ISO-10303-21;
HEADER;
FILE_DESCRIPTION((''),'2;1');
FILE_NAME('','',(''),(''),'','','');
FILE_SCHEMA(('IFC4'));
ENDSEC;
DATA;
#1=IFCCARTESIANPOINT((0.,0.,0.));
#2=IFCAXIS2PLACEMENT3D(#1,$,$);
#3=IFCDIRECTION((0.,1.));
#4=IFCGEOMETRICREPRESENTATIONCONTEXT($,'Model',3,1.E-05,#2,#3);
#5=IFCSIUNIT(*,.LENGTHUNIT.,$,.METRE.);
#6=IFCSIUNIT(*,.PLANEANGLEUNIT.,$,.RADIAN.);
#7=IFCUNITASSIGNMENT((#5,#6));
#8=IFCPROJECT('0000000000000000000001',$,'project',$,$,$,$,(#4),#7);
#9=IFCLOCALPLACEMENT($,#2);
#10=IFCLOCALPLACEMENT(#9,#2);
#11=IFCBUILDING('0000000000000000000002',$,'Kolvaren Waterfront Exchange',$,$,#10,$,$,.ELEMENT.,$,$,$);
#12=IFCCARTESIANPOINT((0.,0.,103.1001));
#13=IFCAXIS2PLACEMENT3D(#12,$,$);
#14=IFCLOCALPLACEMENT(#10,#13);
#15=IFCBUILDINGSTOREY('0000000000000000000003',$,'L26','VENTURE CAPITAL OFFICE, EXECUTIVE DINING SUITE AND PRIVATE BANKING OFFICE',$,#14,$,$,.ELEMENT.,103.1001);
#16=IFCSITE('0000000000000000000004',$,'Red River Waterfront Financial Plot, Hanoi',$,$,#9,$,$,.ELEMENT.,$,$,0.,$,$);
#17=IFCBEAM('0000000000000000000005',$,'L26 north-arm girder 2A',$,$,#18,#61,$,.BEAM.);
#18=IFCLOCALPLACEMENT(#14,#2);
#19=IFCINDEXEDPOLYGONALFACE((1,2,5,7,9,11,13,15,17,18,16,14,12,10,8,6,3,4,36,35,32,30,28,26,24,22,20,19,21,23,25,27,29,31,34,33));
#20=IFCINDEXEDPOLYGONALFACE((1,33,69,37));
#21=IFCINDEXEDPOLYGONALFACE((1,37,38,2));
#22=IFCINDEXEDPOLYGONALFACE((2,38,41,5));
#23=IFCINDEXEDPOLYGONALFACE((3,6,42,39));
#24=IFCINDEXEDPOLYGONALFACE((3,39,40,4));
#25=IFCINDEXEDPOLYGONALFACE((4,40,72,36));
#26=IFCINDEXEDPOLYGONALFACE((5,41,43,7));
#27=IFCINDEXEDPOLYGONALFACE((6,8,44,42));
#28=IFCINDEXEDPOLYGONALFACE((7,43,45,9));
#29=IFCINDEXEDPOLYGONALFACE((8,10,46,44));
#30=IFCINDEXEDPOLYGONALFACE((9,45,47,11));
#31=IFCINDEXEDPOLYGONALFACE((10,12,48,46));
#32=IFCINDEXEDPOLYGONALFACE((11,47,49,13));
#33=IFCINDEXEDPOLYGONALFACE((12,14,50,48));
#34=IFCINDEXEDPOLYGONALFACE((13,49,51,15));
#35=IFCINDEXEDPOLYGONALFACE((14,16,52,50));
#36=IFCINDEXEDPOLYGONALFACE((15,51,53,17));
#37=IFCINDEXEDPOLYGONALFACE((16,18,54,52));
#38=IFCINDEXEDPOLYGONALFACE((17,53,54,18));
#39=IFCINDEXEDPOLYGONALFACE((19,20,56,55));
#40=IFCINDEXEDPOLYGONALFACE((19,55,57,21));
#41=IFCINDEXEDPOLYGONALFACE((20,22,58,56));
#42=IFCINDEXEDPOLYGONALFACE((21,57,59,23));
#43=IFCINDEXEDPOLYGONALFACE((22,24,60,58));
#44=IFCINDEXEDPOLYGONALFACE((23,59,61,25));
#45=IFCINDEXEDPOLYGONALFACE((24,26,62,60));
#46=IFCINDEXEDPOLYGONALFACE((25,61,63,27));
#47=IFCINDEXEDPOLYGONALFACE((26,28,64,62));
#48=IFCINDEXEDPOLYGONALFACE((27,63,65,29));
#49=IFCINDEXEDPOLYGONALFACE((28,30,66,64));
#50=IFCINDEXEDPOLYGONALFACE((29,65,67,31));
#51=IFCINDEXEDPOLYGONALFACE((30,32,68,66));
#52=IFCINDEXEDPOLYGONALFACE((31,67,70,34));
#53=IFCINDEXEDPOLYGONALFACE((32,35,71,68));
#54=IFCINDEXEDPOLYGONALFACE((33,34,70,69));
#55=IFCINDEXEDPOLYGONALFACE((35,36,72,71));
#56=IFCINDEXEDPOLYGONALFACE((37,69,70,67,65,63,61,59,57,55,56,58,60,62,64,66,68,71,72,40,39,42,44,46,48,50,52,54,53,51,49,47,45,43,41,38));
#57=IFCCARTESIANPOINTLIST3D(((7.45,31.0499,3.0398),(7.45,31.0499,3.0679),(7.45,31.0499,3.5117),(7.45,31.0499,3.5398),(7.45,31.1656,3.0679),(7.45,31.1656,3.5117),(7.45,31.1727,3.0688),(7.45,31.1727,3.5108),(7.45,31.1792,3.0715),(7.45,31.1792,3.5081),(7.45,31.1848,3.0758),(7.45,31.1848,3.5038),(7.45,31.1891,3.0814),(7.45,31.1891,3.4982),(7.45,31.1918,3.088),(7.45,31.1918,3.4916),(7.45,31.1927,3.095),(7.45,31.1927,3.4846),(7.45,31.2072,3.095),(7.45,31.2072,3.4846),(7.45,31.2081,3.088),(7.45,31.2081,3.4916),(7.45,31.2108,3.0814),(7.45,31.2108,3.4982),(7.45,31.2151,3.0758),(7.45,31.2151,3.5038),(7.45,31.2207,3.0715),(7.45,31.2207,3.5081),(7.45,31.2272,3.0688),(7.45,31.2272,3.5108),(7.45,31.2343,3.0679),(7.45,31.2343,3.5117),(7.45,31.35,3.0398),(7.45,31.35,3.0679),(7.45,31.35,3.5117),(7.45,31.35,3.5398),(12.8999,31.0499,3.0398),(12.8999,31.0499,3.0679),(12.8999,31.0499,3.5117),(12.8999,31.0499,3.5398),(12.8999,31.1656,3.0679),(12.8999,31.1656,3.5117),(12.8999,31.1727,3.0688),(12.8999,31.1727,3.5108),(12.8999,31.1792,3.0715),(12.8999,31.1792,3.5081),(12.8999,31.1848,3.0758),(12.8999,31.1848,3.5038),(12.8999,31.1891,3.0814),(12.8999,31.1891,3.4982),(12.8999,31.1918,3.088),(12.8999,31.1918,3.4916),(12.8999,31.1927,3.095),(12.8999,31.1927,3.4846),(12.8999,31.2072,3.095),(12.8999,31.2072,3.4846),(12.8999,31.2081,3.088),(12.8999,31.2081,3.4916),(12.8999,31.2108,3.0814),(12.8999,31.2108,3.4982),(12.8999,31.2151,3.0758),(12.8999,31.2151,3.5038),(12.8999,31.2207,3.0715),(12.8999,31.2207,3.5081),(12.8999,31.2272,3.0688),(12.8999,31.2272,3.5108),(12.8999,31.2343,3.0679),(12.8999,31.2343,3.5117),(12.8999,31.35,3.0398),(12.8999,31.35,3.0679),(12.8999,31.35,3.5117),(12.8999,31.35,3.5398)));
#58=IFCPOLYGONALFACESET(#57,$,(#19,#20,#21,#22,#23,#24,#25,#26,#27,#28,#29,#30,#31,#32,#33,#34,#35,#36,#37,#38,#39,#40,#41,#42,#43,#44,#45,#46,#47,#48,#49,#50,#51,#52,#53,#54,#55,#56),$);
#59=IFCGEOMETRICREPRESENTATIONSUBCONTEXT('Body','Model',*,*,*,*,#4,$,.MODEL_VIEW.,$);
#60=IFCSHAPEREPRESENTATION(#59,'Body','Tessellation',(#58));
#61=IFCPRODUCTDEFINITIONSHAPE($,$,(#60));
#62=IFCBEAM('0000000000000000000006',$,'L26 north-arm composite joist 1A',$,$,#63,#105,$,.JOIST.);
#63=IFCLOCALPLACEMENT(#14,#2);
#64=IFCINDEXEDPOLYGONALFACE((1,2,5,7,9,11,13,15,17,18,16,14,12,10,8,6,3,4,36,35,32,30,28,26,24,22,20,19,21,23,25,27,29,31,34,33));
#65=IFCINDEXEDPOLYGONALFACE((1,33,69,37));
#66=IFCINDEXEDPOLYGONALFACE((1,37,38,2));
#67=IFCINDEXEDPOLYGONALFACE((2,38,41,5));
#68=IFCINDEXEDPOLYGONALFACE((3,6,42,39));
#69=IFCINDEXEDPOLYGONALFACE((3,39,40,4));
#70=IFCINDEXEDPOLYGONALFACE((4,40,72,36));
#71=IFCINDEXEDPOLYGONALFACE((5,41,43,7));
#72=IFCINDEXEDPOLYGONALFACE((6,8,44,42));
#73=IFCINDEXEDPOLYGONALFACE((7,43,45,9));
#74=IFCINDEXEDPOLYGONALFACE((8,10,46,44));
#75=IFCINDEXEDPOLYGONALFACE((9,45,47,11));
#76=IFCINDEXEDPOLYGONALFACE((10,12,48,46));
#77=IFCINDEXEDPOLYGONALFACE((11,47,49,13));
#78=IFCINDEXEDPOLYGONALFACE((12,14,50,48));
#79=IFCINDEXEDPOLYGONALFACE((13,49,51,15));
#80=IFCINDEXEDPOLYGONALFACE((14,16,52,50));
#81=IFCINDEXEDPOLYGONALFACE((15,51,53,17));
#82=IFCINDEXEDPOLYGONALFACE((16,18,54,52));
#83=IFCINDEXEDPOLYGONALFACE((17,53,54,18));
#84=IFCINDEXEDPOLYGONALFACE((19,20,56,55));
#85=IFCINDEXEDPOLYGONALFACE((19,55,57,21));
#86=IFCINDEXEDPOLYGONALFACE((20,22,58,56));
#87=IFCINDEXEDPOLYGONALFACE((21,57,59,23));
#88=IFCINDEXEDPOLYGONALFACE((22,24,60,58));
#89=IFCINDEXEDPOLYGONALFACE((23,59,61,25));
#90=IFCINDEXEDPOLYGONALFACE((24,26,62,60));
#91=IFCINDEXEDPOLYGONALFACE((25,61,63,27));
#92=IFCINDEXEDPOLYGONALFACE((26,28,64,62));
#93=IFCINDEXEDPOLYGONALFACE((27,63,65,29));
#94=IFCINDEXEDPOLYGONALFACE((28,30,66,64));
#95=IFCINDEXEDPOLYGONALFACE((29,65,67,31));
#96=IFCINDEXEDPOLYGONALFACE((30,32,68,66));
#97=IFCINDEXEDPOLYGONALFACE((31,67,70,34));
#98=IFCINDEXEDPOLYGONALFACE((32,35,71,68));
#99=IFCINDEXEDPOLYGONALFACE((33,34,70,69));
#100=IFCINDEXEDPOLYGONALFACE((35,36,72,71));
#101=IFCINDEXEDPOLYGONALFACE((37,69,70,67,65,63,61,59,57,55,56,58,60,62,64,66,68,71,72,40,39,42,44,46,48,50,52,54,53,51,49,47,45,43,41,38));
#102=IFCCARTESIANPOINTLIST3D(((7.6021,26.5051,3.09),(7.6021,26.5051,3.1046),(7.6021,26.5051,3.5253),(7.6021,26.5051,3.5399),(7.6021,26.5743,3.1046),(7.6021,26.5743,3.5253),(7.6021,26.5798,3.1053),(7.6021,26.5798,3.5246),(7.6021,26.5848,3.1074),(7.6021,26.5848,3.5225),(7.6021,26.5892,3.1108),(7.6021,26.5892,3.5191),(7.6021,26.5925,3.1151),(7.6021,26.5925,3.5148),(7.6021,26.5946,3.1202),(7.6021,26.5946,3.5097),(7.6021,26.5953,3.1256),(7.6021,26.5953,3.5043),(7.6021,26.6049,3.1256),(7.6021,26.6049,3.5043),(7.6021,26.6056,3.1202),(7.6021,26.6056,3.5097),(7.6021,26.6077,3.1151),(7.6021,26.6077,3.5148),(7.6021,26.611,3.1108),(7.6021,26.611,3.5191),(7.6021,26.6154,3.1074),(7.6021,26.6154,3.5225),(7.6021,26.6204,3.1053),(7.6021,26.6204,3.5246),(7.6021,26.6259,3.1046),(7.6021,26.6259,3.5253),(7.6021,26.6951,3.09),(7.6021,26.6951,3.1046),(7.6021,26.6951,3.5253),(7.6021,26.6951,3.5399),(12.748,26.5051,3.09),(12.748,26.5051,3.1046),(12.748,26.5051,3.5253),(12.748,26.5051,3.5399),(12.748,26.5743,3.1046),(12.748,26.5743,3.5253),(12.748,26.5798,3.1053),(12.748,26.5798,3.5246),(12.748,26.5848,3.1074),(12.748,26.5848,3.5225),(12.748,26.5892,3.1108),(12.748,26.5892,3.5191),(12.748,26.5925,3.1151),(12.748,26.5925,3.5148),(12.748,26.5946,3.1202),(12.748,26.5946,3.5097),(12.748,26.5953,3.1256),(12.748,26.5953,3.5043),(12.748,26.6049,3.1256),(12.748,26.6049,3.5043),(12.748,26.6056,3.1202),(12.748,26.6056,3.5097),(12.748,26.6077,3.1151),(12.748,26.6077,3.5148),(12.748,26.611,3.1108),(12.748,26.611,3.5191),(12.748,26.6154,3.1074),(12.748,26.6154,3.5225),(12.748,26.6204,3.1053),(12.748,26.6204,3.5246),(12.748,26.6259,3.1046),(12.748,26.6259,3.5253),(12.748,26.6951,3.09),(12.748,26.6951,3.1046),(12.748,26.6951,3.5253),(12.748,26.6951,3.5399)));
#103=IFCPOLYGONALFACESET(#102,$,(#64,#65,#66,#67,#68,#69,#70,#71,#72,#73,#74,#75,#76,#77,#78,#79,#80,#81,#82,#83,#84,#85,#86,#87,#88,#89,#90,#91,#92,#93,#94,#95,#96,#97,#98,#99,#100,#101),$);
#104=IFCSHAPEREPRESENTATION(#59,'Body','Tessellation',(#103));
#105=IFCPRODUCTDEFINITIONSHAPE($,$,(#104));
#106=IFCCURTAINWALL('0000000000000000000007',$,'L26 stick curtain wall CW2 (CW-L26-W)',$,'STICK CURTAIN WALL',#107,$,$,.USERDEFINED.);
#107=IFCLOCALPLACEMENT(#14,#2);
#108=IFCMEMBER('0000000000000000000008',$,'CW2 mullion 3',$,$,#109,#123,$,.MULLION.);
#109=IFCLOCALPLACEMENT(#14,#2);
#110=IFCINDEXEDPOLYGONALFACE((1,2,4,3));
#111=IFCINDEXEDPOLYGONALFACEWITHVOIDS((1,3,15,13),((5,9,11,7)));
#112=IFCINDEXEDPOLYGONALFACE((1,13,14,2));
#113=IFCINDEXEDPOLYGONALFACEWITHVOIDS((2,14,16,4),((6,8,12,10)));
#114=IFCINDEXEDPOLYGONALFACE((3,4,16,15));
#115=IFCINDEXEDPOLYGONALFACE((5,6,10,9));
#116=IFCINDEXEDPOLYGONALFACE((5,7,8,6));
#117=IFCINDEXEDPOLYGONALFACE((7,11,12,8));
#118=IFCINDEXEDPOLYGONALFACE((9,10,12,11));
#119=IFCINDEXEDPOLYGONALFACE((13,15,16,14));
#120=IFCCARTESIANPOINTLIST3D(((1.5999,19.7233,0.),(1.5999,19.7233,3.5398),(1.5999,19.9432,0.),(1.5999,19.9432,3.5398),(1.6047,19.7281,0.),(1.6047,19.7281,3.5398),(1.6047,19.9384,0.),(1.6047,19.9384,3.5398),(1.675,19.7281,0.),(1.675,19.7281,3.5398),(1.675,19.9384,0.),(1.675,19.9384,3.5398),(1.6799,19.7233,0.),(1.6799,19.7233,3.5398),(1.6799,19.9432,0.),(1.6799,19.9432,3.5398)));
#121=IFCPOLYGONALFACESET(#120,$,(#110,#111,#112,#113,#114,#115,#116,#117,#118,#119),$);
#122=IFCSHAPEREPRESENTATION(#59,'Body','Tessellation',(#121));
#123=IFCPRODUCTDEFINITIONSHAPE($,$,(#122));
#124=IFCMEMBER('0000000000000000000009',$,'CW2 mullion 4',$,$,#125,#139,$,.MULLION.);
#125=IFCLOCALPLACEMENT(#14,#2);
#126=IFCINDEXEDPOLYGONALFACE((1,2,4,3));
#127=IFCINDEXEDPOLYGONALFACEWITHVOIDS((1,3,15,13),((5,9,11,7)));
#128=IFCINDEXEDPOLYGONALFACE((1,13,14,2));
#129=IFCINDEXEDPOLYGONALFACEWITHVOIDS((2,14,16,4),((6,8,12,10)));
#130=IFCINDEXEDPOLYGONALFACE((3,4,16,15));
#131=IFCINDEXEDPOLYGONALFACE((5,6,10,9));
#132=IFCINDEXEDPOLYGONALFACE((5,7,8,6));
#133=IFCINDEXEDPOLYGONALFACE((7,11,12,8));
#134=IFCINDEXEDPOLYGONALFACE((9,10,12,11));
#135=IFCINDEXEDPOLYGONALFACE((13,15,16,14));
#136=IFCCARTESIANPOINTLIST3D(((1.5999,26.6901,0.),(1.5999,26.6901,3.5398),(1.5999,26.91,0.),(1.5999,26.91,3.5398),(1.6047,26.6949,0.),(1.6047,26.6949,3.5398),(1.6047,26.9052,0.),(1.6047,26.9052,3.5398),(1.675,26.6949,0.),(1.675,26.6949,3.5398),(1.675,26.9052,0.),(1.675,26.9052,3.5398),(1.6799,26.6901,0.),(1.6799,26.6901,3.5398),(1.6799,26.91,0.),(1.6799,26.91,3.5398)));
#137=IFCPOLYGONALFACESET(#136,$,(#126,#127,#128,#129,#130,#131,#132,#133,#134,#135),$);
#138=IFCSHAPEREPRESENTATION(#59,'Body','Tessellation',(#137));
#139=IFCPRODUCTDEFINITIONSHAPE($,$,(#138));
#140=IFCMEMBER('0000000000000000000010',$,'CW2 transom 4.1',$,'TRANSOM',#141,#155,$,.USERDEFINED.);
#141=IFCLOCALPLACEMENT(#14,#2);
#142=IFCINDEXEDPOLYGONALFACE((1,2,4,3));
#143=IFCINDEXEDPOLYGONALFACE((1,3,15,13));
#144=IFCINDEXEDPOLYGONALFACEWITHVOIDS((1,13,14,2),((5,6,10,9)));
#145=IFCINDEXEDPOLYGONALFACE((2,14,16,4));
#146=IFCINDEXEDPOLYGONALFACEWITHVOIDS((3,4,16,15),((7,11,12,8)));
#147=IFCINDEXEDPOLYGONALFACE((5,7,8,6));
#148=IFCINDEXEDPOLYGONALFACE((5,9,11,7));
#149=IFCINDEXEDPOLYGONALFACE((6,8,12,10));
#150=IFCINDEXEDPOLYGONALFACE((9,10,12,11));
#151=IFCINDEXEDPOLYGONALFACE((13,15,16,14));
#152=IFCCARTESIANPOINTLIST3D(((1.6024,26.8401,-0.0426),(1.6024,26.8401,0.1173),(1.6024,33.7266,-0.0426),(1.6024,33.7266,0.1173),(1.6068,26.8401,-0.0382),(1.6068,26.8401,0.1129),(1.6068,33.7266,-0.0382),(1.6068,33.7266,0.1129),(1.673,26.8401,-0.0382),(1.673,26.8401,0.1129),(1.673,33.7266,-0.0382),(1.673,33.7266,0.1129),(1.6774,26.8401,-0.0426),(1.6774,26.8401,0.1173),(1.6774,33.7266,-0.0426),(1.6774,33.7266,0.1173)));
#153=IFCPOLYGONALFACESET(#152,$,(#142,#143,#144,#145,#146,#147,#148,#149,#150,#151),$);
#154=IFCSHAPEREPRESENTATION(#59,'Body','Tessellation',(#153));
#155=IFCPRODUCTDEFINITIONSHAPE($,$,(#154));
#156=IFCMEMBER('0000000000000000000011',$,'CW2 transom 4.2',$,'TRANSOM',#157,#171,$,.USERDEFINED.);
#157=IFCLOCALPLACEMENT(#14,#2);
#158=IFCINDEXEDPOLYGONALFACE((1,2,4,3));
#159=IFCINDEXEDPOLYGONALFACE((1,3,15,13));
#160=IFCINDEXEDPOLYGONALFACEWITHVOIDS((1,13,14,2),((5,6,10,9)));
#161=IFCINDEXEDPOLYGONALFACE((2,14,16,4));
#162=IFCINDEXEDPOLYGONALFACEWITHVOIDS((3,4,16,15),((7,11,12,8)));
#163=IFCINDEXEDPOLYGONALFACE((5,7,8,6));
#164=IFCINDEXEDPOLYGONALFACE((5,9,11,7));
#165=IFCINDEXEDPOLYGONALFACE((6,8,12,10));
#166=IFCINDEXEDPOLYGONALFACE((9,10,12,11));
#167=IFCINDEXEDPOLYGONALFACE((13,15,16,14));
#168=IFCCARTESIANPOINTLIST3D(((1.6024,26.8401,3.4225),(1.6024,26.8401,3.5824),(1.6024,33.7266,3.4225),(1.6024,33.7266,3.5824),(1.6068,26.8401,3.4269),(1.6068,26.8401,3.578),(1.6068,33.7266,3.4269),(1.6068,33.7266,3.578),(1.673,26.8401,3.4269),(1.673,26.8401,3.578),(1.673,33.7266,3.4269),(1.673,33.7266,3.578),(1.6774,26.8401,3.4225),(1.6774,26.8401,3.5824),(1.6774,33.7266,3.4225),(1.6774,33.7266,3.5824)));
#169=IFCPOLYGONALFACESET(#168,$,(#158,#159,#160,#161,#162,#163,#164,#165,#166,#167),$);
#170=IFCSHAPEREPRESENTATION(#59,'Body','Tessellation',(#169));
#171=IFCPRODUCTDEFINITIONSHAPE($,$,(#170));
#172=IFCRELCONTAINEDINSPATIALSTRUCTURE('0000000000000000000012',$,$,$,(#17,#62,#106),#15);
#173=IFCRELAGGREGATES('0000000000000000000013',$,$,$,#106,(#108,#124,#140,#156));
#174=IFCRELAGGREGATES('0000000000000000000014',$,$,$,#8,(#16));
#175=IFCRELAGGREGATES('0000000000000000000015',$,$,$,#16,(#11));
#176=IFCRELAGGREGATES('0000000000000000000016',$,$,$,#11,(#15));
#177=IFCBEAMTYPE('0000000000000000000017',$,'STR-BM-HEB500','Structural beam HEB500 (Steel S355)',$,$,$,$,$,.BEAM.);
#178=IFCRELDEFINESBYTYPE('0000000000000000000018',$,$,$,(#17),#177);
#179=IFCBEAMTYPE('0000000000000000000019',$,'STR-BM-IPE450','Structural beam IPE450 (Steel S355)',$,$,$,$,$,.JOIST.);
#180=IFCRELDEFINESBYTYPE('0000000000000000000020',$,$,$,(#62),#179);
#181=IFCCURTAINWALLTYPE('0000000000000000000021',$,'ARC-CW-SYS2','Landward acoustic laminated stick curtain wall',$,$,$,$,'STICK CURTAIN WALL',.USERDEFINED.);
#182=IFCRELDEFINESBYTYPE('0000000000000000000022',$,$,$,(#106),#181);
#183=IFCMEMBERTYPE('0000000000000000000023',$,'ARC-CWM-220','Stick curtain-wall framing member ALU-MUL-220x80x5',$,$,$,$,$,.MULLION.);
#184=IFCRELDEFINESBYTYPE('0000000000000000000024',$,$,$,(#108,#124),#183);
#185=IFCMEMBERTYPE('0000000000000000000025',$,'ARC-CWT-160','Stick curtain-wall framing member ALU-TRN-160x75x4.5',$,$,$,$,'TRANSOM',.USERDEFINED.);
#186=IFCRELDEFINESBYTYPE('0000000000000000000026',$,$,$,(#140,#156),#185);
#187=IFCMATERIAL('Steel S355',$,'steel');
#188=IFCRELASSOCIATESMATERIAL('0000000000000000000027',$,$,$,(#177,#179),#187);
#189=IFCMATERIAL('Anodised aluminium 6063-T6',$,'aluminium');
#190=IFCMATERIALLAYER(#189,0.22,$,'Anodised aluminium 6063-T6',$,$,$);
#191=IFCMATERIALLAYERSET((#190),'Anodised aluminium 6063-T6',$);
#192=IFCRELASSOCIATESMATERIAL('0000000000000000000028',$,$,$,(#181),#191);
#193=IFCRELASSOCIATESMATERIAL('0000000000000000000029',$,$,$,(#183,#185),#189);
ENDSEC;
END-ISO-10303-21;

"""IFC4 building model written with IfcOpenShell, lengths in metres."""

from ifc_helpers import new_model, si_unit, direction, frame, origin, origin_with_axes, origin_2d, place, context, subcontext, project, spatial, hollow_rectangle, i_section, extrude, source, transform, mapped, material, layer, layer_set, material_profile, profile_set, type_object, element, aggregate, save


model = new_model("IFC4")

# Units and contexts
model_context = context("Model", 3, precision=1e-05, world=origin(), true_north=direction((0.0, 1.0)))
body_context = subcontext(model_context, "Body", "Model", "MODEL_VIEW")
ifc_project = project(units=[si_unit("LENGTHUNIT", "METRE"), si_unit("PLANEANGLEUNIT", "RADIAN")], contexts=[model_context])

# Site, building, storey
site_placement = place(None, origin())
site = spatial("IfcSite", under=ifc_project, at=site_placement, Name="Red River Waterfront Financial Plot, Hanoi", CompositionType="ELEMENT", RefElevation=0.0)
building_placement = place(site_placement, origin())
building = spatial("IfcBuilding", under=site, at=building_placement, Name="Kolvaren Waterfront Exchange", CompositionType="ELEMENT")
storey_placement = place(building_placement, frame((0.0, 0.0, 103.1001)))
storey = spatial("IfcBuildingStorey", under=building, at=storey_placement, Name="L26", Description="VENTURE CAPITAL OFFICE, EXECUTIVE DINING SUITE AND PRIVATE BANKING OFFICE", CompositionType="ELEMENT", Elevation=103.1001)

# Beams
ifc_material_1 = material(Name="Steel S355", Category="steel")
ifc_material_profile_1 = material_profile(ifc_material_1, i_section(OverallWidth=0.3, OverallDepth=0.5, WebThickness=0.0144, FlangeThickness=0.0281, FilletRadius=0.0271, at=origin_2d()), Name="HEB500")
ifc_profile_set_1 = profile_set([ifc_material_profile_1], Name="Steel S355")
beam_type_1 = type_object("IfcBeamType", Name="STR-BM-HEB500", Description="Structural beam HEB500 (Steel S355)", PredefinedType="BEAM", material=ifc_profile_set_1)
for number, where, z_axis, x_axis, name in (
    (1, (7.45, 31.2, 3.2898), (1.0, 0.0, 0.0), (0.0, 1.0, 0.0), "L26 north-arm girder 2A"),
):
    element("IfcBeam", number, at=place(storey_placement, frame(where, z_axis=z_axis, x_axis=x_axis)), inside=storey, type_object=beam_type_1, Name=name, PredefinedType="BEAM", context=body_context, shape_type="SweptSolid", body=[
        extrude(i_section(OverallWidth=0.3, OverallDepth=0.5, WebThickness=0.0144, FlangeThickness=0.0281, FilletRadius=0.0271, at=origin_2d()), origin(), (0.0, 0.0, 1.0), 5.45),
    ])
ifc_material_profile_2 = material_profile(ifc_material_1, i_section(OverallWidth=0.1899, OverallDepth=0.45, WebThickness=0.0095, FlangeThickness=0.0146, FilletRadius=0.021, at=origin_2d()), Name="IPE450")
ifc_profile_set_2 = profile_set([ifc_material_profile_2], Name="Steel S355")
beam_type_2 = type_object("IfcBeamType", Name="STR-BM-IPE450", Description="Structural beam IPE450 (Steel S355)", PredefinedType="JOIST", material=ifc_profile_set_2)
beam_1_placement = place(storey_placement, frame((7.6021, 26.6001, 3.3149), z_axis=(1.0, 0.0, 0.0), x_axis=(0.0, 1.0, 0.0)))
element("IfcBeam", 2, at=beam_1_placement, inside=storey, type_object=beam_type_2, Name="L26 north-arm composite joist 1A", PredefinedType="JOIST", context=body_context, shape_type="SweptSolid", body=[
    extrude(i_section(OverallWidth=0.1899, OverallDepth=0.45, WebThickness=0.0095, FlangeThickness=0.0146, FilletRadius=0.021, at=origin_2d()), origin(), (0.0, 0.0, 1.0), 5.146),
])

# Curtain wall, members
ifc_material_2 = material(Name="Anodised aluminium 6063-T6", Category="aluminium")
ifc_layer_1 = layer(ifc_material_2, 0.22, Name="Anodised aluminium 6063-T6")
ifc_layer_set_1 = layer_set([ifc_layer_1], Name="Anodised aluminium 6063-T6")
curtain_wall_type = type_object("IfcCurtainWallType", Name="ARC-CW-SYS2", Description="Landward acoustic laminated stick curtain wall", ElementType="STICK CURTAIN WALL", PredefinedType="USERDEFINED", material=ifc_layer_set_1)
curtain_wall_placement = place(storey_placement, origin())
curtain_wall = element("IfcCurtainWall", 3, at=curtain_wall_placement, inside=storey, type_object=curtain_wall_type, Name="L26 stick curtain wall CW2 (CW-L26-W)", ObjectType="STICK CURTAIN WALL", PredefinedType="USERDEFINED")
ifc_material_profile_3 = material_profile(ifc_material_2, hollow_rectangle(XDim=0.0801, YDim=0.22, WallThickness=0.0049, at=origin_2d()), Name="ALU-MUL-220x80x5")
ifc_profile_set_3 = profile_set([ifc_material_profile_3], Name="Anodised aluminium 6063-T6")
member_type_1 = type_object("IfcMemberType", Name="ARC-CWM-220", Description="Stick curtain-wall framing member ALU-MUL-220x80x5", PredefinedType="MULLION", material=ifc_profile_set_3)
shared_shape_1 = source(origin_with_axes(), body_context, "Body", "SweptSolid", [
    extrude(hollow_rectangle(XDim=0.0801, YDim=0.22, WallThickness=0.0049, at=origin_2d()), origin(), (0.0, 0.0, 1.0), 3.5398),
])
member_1_placement = place(storey_placement, frame((1.6399, 19.8333, 0.0), z_axis=(0.0, 0.0, 1.0), x_axis=(-1.0, 0.0, 0.0)))
member_1 = element("IfcMember", 4, at=member_1_placement, type_object=member_type_1, Name="CW2 mullion 3", PredefinedType="MULLION", context=body_context, shape_type="MappedRepresentation", body=[
    mapped(shared_shape_1, transform((0.0, 0.0, 0.0), x_axis=(1.0, 0.0, 0.0), y_axis=(0.0, 1.0, 0.0), z_axis=(0.0, 0.0, 1.0), scale=1.0)),
])
member_2_placement = place(storey_placement, frame((1.6399, 26.8, 0.0), z_axis=(0.0, 0.0, 1.0), x_axis=(-1.0, 0.0, 0.0)))
member_2 = element("IfcMember", 5, at=member_2_placement, type_object=member_type_1, Name="CW2 mullion 4", PredefinedType="MULLION", context=body_context, shape_type="MappedRepresentation", body=[
    mapped(shared_shape_1, transform((0.0, 0.0, 0.0), x_axis=(1.0, 0.0, 0.0), y_axis=(0.0, 1.0, 0.0), z_axis=(0.0, 0.0, 1.0), scale=1.0)),
])
ifc_material_profile_4 = material_profile(ifc_material_2, hollow_rectangle(XDim=0.075, YDim=0.1599, WallThickness=0.0044, at=origin_2d()), Name="ALU-TRN-160x75x4.5")
ifc_profile_set_4 = profile_set([ifc_material_profile_4], Name="Anodised aluminium 6063-T6")
member_type_2 = type_object("IfcMemberType", Name="ARC-CWT-160", Description="Stick curtain-wall framing member ALU-TRN-160x75x4.5", ElementType="TRANSOM", PredefinedType="USERDEFINED", material=ifc_profile_set_4)
shared_shape_2 = source(origin_with_axes(), body_context, "Body", "SweptSolid", [
    extrude(hollow_rectangle(XDim=0.075, YDim=0.1599, WallThickness=0.0044, at=origin_2d()), origin(), (0.0, 0.0, 1.0), 6.8865),
])
member_3_placement = place(storey_placement, frame((1.6399, 26.8401, 0.0374), z_axis=(0.0, 1.0, 0.0), x_axis=(-1.0, 0.0, 0.0)))
member_3 = element("IfcMember", 6, at=member_3_placement, type_object=member_type_2, Name="CW2 transom 4.1", ObjectType="TRANSOM", PredefinedType="USERDEFINED", context=body_context, shape_type="MappedRepresentation", body=[
    mapped(shared_shape_2, transform((0.0, 0.0, 0.0), x_axis=(1.0, 0.0, 0.0), y_axis=(0.0, 1.0, 0.0), z_axis=(0.0, 0.0, 1.0), scale=1.0)),
])
member_4_placement = place(storey_placement, frame((1.6399, 26.8401, 3.5024), z_axis=(0.0, 1.0, 0.0), x_axis=(-1.0, 0.0, 0.0)))
member_4 = element("IfcMember", 7, at=member_4_placement, type_object=member_type_2, Name="CW2 transom 4.2", ObjectType="TRANSOM", PredefinedType="USERDEFINED", context=body_context, shape_type="MappedRepresentation", body=[
    mapped(shared_shape_2, transform((0.0, 0.0, 0.0), x_axis=(1.0, 0.0, 0.0), y_axis=(0.0, 1.0, 0.0), z_axis=(0.0, 0.0, 1.0), scale=1.0)),
])
aggregate(curtain_wall, [member_1, member_2, member_3, member_4])

save(model, "model.ifc")
